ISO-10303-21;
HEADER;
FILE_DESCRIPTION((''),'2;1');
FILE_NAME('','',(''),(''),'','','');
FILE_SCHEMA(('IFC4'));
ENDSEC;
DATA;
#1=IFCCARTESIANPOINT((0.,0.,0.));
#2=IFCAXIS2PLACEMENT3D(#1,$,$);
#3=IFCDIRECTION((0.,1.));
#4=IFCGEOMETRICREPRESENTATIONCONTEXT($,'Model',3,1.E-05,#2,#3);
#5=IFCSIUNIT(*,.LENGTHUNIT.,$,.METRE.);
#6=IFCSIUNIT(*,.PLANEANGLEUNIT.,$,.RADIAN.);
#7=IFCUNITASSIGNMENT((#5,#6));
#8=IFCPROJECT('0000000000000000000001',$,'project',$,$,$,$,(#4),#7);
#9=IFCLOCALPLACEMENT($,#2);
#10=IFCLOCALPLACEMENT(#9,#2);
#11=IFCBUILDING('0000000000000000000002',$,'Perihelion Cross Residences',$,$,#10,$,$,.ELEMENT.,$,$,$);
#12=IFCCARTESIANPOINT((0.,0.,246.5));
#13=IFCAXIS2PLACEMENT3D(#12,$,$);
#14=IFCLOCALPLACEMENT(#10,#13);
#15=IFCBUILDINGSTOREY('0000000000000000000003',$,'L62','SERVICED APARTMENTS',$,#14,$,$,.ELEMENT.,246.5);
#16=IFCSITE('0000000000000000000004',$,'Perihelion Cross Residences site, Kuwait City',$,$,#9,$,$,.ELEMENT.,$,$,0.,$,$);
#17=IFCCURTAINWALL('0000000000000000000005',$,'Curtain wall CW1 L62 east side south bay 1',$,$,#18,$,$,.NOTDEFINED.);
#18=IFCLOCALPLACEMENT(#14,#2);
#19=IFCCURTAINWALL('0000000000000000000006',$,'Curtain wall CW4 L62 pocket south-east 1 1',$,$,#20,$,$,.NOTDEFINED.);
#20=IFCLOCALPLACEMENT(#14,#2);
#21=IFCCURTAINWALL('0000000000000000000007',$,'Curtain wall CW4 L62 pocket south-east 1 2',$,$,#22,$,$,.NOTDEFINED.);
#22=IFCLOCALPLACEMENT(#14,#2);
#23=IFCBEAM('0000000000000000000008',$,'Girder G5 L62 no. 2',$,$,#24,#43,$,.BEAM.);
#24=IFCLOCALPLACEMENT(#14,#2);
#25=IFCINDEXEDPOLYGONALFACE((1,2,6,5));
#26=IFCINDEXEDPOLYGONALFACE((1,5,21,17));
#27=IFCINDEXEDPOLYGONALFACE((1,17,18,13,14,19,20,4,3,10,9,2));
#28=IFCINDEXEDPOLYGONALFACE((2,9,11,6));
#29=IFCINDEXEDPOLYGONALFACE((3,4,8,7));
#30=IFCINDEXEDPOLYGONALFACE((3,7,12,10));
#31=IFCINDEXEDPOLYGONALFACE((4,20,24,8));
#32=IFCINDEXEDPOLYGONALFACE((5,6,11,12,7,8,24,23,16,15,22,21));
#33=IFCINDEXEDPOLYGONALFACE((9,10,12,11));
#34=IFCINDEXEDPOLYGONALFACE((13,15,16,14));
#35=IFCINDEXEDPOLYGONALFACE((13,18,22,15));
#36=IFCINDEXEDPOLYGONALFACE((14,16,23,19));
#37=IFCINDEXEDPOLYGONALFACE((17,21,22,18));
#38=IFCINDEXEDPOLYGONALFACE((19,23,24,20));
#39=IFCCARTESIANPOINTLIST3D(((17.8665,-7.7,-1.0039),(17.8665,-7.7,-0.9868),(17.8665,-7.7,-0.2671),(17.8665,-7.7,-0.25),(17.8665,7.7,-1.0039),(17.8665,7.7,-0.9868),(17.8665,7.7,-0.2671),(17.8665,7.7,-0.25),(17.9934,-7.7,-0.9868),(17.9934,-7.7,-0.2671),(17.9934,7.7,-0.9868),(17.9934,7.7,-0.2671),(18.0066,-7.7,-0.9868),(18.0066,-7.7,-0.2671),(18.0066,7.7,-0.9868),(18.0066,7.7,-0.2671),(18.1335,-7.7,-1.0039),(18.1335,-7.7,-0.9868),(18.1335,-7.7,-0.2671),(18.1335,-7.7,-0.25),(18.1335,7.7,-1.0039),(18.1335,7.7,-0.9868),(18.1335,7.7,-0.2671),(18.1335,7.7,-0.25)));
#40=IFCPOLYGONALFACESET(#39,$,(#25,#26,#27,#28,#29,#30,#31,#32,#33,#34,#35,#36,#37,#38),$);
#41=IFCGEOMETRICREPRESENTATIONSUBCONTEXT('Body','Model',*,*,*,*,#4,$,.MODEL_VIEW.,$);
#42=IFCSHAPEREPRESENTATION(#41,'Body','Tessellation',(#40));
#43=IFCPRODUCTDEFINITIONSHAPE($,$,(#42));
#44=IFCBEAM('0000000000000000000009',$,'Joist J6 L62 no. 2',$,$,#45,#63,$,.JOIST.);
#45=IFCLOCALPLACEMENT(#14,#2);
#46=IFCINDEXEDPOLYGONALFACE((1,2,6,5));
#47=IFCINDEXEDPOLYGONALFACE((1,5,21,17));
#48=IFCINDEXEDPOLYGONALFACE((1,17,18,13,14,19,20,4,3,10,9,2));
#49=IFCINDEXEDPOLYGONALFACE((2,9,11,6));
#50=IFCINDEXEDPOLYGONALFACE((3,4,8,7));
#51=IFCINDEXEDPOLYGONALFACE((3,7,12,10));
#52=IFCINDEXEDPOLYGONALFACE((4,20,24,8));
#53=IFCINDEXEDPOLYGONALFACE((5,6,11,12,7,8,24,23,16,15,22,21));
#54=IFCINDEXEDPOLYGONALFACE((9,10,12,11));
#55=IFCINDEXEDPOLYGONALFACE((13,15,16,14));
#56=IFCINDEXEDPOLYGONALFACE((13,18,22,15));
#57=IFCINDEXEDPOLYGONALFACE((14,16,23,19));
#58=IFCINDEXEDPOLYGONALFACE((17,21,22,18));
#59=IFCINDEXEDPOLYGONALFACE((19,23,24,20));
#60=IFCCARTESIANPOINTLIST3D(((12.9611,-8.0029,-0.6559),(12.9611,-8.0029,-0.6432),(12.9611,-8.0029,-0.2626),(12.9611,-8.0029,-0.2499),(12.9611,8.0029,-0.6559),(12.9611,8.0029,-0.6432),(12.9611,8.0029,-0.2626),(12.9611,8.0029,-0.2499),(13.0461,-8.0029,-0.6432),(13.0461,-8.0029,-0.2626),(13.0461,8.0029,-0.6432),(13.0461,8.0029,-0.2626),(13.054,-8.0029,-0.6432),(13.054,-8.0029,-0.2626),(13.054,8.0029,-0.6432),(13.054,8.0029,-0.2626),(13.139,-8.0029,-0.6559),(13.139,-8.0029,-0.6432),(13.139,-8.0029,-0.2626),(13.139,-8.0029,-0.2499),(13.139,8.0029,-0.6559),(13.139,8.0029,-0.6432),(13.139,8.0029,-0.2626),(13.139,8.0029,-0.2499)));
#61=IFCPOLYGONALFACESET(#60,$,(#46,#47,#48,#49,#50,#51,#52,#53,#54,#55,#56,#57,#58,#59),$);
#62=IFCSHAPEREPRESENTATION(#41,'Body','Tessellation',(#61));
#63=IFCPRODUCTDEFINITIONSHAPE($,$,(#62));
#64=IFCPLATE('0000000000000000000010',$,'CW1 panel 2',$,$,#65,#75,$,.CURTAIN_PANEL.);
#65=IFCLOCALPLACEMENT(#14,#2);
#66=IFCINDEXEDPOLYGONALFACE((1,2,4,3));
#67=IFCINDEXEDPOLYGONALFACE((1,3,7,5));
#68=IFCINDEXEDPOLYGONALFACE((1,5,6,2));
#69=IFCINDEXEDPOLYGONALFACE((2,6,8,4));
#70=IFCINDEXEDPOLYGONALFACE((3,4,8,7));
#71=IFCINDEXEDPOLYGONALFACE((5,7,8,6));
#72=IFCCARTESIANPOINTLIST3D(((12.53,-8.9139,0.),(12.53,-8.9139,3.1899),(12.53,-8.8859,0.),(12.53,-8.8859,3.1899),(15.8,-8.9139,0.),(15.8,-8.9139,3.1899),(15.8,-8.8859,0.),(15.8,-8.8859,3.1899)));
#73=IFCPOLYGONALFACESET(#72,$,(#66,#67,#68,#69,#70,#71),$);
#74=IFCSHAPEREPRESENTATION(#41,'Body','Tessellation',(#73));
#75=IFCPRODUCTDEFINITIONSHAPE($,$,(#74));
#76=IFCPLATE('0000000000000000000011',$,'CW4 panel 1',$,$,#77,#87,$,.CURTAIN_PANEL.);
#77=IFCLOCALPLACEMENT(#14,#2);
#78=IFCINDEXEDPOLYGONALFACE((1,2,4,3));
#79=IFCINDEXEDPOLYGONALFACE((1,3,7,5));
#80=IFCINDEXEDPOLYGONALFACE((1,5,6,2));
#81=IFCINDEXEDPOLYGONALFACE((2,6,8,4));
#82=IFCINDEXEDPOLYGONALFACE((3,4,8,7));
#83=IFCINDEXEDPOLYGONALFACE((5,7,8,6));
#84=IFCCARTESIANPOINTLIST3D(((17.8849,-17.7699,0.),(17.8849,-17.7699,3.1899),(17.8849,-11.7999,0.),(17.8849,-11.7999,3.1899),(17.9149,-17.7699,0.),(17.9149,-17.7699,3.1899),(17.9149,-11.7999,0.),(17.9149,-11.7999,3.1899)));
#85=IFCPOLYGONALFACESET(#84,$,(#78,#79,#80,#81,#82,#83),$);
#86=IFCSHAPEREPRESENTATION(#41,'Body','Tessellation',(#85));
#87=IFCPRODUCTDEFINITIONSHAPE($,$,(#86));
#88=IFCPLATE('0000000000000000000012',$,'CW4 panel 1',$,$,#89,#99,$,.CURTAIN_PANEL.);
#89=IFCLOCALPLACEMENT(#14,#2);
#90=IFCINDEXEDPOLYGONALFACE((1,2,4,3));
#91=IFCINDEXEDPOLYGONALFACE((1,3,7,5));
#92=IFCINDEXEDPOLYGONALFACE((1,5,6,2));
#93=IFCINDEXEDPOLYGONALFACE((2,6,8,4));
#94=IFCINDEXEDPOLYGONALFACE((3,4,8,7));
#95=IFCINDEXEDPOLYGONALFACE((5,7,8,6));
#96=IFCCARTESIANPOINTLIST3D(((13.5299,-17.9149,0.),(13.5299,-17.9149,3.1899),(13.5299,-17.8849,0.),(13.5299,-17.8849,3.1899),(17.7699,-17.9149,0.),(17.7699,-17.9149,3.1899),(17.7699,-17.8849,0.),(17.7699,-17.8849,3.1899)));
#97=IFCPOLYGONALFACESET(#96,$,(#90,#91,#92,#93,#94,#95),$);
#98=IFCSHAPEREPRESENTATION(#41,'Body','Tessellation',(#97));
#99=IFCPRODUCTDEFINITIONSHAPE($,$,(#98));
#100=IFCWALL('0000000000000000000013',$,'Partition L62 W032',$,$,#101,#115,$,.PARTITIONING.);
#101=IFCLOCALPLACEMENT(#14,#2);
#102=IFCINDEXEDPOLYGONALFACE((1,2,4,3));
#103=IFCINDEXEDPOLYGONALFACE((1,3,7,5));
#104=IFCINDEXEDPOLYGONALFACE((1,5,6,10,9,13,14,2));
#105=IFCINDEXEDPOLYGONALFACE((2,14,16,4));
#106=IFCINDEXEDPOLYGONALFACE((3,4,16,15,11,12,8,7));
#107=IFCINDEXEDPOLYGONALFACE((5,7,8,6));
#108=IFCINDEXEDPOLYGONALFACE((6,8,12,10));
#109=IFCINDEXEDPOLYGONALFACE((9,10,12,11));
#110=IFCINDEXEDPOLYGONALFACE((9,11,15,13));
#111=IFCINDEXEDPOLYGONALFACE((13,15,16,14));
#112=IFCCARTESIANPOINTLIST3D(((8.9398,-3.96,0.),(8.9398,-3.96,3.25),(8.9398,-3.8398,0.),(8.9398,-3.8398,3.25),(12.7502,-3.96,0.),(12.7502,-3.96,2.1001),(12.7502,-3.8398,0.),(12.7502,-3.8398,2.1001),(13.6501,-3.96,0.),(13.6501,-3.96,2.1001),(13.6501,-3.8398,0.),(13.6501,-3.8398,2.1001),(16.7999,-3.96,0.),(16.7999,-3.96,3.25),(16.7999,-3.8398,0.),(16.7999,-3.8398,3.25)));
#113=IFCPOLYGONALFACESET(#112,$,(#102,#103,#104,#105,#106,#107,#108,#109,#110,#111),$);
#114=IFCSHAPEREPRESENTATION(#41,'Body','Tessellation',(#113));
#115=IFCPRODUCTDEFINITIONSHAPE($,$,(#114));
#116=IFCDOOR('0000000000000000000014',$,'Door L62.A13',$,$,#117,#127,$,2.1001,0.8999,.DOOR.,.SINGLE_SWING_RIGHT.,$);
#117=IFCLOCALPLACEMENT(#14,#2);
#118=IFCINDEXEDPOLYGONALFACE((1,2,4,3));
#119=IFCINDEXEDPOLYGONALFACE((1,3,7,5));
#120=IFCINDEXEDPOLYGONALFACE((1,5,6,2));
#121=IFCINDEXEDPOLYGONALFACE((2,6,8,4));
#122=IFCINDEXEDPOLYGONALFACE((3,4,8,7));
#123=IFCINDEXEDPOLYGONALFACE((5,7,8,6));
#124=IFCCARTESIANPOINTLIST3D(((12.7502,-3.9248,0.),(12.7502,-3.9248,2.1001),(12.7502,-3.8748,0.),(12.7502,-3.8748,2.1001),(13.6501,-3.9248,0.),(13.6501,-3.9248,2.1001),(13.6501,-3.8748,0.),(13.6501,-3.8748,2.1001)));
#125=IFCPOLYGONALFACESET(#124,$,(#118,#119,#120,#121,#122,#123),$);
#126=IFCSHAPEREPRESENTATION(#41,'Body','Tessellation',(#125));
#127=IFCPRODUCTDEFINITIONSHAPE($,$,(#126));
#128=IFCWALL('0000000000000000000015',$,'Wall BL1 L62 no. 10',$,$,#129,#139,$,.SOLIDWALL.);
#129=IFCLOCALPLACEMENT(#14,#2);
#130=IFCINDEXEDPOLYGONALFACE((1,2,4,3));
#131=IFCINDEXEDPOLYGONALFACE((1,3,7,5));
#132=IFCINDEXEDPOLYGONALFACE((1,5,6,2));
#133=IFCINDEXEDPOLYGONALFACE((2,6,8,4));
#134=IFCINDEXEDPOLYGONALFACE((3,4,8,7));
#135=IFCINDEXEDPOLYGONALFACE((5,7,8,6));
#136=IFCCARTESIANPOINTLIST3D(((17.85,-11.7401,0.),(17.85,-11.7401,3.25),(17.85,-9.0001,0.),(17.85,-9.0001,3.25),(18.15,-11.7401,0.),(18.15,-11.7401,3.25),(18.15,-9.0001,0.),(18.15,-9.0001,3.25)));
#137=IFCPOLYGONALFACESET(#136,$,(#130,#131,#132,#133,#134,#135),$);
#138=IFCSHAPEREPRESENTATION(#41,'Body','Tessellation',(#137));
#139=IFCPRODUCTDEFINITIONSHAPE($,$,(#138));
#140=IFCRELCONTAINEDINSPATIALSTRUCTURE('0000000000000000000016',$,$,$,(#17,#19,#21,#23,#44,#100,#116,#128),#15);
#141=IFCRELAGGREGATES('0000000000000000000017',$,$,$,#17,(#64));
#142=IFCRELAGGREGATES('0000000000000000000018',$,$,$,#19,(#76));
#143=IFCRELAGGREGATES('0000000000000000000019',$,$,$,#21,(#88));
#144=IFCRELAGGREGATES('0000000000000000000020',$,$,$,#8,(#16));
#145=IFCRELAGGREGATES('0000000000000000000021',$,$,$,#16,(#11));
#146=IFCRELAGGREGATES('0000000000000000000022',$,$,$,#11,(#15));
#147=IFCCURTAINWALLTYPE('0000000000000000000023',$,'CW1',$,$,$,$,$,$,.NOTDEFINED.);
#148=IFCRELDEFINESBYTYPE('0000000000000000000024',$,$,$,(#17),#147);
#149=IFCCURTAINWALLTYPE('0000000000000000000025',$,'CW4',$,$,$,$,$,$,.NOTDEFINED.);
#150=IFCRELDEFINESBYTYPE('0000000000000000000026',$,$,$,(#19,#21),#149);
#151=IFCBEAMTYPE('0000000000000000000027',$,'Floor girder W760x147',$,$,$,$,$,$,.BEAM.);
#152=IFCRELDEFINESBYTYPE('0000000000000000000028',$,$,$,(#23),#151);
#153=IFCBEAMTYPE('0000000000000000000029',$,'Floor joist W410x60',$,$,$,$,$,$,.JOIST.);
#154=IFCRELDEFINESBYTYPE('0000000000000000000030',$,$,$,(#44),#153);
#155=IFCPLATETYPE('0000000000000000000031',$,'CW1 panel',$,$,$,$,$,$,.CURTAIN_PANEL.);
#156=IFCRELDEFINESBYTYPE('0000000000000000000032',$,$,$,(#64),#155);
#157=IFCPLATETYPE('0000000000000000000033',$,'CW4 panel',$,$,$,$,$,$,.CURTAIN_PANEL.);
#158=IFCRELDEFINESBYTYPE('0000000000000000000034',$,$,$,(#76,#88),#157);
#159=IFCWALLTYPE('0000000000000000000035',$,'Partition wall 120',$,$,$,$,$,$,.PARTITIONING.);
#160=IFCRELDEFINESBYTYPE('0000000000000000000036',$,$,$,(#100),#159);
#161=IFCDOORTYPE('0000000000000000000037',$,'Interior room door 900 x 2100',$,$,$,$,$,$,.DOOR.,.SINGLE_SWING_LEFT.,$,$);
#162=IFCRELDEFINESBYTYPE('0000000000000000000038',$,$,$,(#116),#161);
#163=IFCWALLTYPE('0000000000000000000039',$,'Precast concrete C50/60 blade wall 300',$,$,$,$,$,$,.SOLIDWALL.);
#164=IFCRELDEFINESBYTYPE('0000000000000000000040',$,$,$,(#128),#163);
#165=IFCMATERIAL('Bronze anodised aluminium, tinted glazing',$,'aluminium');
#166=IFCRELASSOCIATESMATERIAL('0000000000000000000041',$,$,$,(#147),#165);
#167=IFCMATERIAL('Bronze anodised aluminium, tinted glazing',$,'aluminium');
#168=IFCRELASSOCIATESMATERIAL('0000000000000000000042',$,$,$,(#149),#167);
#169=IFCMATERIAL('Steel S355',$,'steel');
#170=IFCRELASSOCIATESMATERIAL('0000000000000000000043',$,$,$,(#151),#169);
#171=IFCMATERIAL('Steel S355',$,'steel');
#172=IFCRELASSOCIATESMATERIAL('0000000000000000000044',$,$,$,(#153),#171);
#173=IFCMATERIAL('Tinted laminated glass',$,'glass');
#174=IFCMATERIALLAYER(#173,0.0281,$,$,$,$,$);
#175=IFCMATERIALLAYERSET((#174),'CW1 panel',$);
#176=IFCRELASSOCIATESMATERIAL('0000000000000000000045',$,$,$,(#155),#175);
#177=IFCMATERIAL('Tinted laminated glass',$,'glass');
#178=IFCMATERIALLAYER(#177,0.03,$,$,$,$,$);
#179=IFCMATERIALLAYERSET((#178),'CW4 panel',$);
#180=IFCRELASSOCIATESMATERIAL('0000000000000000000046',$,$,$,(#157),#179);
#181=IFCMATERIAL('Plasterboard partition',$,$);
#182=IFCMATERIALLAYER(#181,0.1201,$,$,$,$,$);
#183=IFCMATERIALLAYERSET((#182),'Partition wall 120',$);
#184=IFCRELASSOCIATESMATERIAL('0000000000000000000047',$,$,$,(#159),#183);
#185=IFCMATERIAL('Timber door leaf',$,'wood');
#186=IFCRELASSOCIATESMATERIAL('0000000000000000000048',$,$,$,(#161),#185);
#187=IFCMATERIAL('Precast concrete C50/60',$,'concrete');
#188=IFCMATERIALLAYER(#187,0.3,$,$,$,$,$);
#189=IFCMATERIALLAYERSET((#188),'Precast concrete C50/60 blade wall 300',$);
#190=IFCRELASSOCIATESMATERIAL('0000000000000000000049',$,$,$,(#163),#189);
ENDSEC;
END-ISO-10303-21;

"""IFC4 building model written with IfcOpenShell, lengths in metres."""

from ifc_helpers import new_model, si_unit, direction, frame, frame_2d, origin, origin_2d, place, context, subcontext, project, spatial, rectangle, i_section, extrude, material, layer, layer_set, material_profile, profile_set, type_object, element, fill, aggregate, save


model = new_model("IFC4")

# Units and contexts
model_context = context("Model", 3, precision=1e-05, world=origin(), true_north=direction((0.0, 1.0)))
body_context = subcontext(model_context, "Body", "Model", "MODEL_VIEW")
ifc_project = project(units=[si_unit("LENGTHUNIT", "METRE"), si_unit("PLANEANGLEUNIT", "RADIAN")], contexts=[model_context])

# Site, building, storey
site_placement = place(None, origin())
site = spatial("IfcSite", under=ifc_project, at=site_placement, Name="Perihelion Cross Residences site, Kuwait City", CompositionType="ELEMENT", RefElevation=0.0)
building_placement = place(site_placement, origin())
building = spatial("IfcBuilding", under=site, at=building_placement, Name="Perihelion Cross Residences", CompositionType="ELEMENT")
storey_placement = place(building_placement, frame((0.0, 0.0, 246.5)))
storey = spatial("IfcBuildingStorey", under=building, at=storey_placement, Name="L62", Description="SERVICED APARTMENTS", CompositionType="ELEMENT", Elevation=246.5)

# Curtain wall
ifc_material_1 = material(Name="Bronze anodised aluminium, tinted glazing", Category="aluminium")
curtain_wall_type_1 = type_object("IfcCurtainWallType", Name="CW1", PredefinedType="NOTDEFINED", material=ifc_material_1)
curtain_wall_1_placement = place(storey_placement, origin())
curtain_wall_1 = element("IfcCurtainWall", 1, at=curtain_wall_1_placement, inside=storey, type_object=curtain_wall_type_1, Name="Curtain wall CW1 L62 east side south bay 1", PredefinedType="NOTDEFINED")

# Curtain walls
ifc_material_2 = material(Name="Bronze anodised aluminium, tinted glazing", Category="aluminium")
curtain_wall_type_2 = type_object("IfcCurtainWallType", Name="CW4", PredefinedType="NOTDEFINED", material=ifc_material_2)
curtain_wall_2_placement = place(storey_placement, origin())
curtain_wall_2 = element("IfcCurtainWall", 2, at=curtain_wall_2_placement, inside=storey, type_object=curtain_wall_type_2, Name="Curtain wall CW4 L62 pocket south-east 1 1", PredefinedType="NOTDEFINED")
curtain_wall_3_placement = place(storey_placement, origin())
curtain_wall_3 = element("IfcCurtainWall", 3, at=curtain_wall_3_placement, inside=storey, type_object=curtain_wall_type_2, Name="Curtain wall CW4 L62 pocket south-east 1 2", PredefinedType="NOTDEFINED")

# Beams
ifc_material_3 = material(Name="Steel S355", Category="steel")
ifc_material_profile_1 = material_profile(ifc_material_3, i_section(OverallWidth=0.2671, OverallDepth=0.7539, WebThickness=0.0132, FlangeThickness=0.0171, at=origin_2d()), Name="W760x147")
ifc_profile_set_1 = profile_set([ifc_material_profile_1], Name="Steel S355")
beam_type_1 = type_object("IfcBeamType", Name="Floor girder W760x147", PredefinedType="BEAM", material=ifc_profile_set_1)
beam_1_placement = place(storey_placement, frame((18.0, -7.7, -0.627), z_axis=(0.0, 1.0, 0.0), x_axis=(-1.0, 0.0, 0.0)))
element("IfcBeam", 4, at=beam_1_placement, inside=storey, type_object=beam_type_1, Name="Girder G5 L62 no. 2", PredefinedType="BEAM", context=body_context, shape_type="SweptSolid", body=[
    extrude(i_section(OverallWidth=0.2671, OverallDepth=0.7539, WebThickness=0.0132, FlangeThickness=0.0171, at=origin_2d()), origin(), (0.0, 0.0, 1.0), 15.3999),
])
ifc_material_4 = material(Name="Steel S355", Category="steel")
ifc_material_profile_2 = material_profile(ifc_material_4, i_section(OverallWidth=0.178, OverallDepth=0.406, WebThickness=0.0078, FlangeThickness=0.0127, at=origin_2d()), Name="W410x60")
ifc_profile_set_2 = profile_set([ifc_material_profile_2], Name="Steel S355")
beam_type_2 = type_object("IfcBeamType", Name="Floor joist W410x60", PredefinedType="JOIST", material=ifc_profile_set_2)
beam_2_placement = place(storey_placement, frame((13.05, -8.0029, -0.4529), z_axis=(0.0, 1.0, 0.0), x_axis=(-1.0, 0.0, 0.0)))
element("IfcBeam", 5, at=beam_2_placement, inside=storey, type_object=beam_type_2, Name="Joist J6 L62 no. 2", PredefinedType="JOIST", context=body_context, shape_type="SweptSolid", body=[
    extrude(i_section(OverallWidth=0.178, OverallDepth=0.406, WebThickness=0.0078, FlangeThickness=0.0127, at=origin_2d()), origin(), (0.0, 0.0, 1.0), 16.0059),
])

# Plates
ifc_material_5 = material(Name="Tinted laminated glass", Category="glass")
ifc_layer_1 = layer(ifc_material_5, 0.0281)
ifc_layer_set_1 = layer_set([ifc_layer_1], Name="CW1 panel")
plate_type_1 = type_object("IfcPlateType", Name="CW1 panel", PredefinedType="CURTAIN_PANEL", material=ifc_layer_set_1)
plate_1_placement = place(storey_placement, frame((14.165, -8.8999, 0.0), z_axis=(0.0, 0.0, 1.0), x_axis=(1.0, 0.0, 0.0)))
plate_1 = element("IfcPlate", 6, at=plate_1_placement, type_object=plate_type_1, Name="CW1 panel 2", PredefinedType="CURTAIN_PANEL", context=body_context, shape_type="SweptSolid", body=[
    extrude(rectangle(XDim=3.27, YDim=0.0281, at=origin_2d()), origin(), (0.0, 0.0, 1.0), 3.1899),
])
aggregate(curtain_wall_1, [plate_1])
ifc_material_6 = material(Name="Tinted laminated glass", Category="glass")
ifc_layer_2 = layer(ifc_material_6, 0.03)
ifc_layer_set_2 = layer_set([ifc_layer_2], Name="CW4 panel")
plate_type_2 = type_object("IfcPlateType", Name="CW4 panel", PredefinedType="CURTAIN_PANEL", material=ifc_layer_set_2)
plate_2_placement = place(storey_placement, frame((17.8999, -14.7849, 0.0), z_axis=(0.0, 0.0, 1.0), x_axis=(0.0, -1.0, 0.0)))
plate_2 = element("IfcPlate", 7, at=plate_2_placement, type_object=plate_type_2, Name="CW4 panel 1", PredefinedType="CURTAIN_PANEL", context=body_context, shape_type="SweptSolid", body=[
    extrude(rectangle(XDim=5.97, YDim=0.03, at=origin_2d()), origin(), (0.0, 0.0, 1.0), 3.1899),
])
aggregate(curtain_wall_2, [plate_2])
plate_3_placement = place(storey_placement, frame((15.6499, -17.8999, 0.0), z_axis=(0.0, 0.0, 1.0), x_axis=(-1.0, 0.0, 0.0)))
plate_3 = element("IfcPlate", 8, at=plate_3_placement, type_object=plate_type_2, Name="CW4 panel 1", PredefinedType="CURTAIN_PANEL", context=body_context, shape_type="SweptSolid", body=[
    extrude(rectangle(XDim=4.24, YDim=0.03, at=origin_2d()), origin(), (0.0, 0.0, 1.0), 3.1899),
])
aggregate(curtain_wall_3, [plate_3])

# Wall, opening, door
ifc_material_7 = material(Name="Plasterboard partition")
ifc_layer_3 = layer(ifc_material_7, 0.1201)
ifc_layer_set_3 = layer_set([ifc_layer_3], Name="Partition wall 120")
wall_type_1 = type_object("IfcWallType", Name="Partition wall 120", PredefinedType="PARTITIONING", material=ifc_layer_set_3)
wall_1_placement = place(storey_placement, frame((16.8, -3.8999, 0.0), z_axis=(0.0, 0.0, 1.0), x_axis=(-1.0, 0.0, 0.0)))
wall_1 = element("IfcWall", 9, at=wall_1_placement, inside=storey, type_object=wall_type_1, Name="Partition L62 W032", PredefinedType="PARTITIONING", context=body_context, shape_type="SweptSolid", body=[
    extrude(rectangle(XDim=7.8601, YDim=0.1201, at=frame_2d((3.9302, 0.0))), origin(), (0.0, 0.0, 1.0), 3.25),
])
opening_1_placement = place(wall_1_placement, frame((3.1499, 0.0, 0.0)))
opening_1 = element("IfcOpeningElement", 10, at=opening_1_placement, cuts=wall_1, PredefinedType="OPENING", context=body_context, shape_type="SweptSolid", body=[
    extrude(rectangle(XDim=0.8999, YDim=2.1001, at=frame_2d((0.45, 1.05))), frame((0.0, 0.0701, 0.0), z_axis=(0.0, -1.0, 0.0), x_axis=(1.0, 0.0, 0.0)), (0.0, 0.0, 1.0), 0.1401),
])
ifc_material_8 = material(Name="Timber door leaf", Category="wood")
door_type_1 = type_object("IfcDoorType", Name="Interior room door 900 x 2100", OperationType="SINGLE_SWING_LEFT", PredefinedType="DOOR", material=ifc_material_8)
door_1_placement = place(opening_1_placement, origin())
door_1 = element("IfcDoor", 11, at=door_1_placement, inside=storey, type_object=door_type_1, Name="Door L62.A13", OperationType="SINGLE_SWING_RIGHT", OverallHeight=2.1001, OverallWidth=0.8999, PredefinedType="DOOR", context=body_context, shape_type="SweptSolid", body=[
    extrude(rectangle(XDim=0.8999, YDim=2.1001, at=frame_2d((0.45, 1.05))), frame((0.0, 0.0249, 0.0), z_axis=(0.0, -1.0, 0.0), x_axis=(1.0, 0.0, 0.0)), (0.0, 0.0, 1.0), 0.05),
])
fill(opening_1, door_1)

# Wall
ifc_material_9 = material(Name="Precast concrete C50/60", Category="concrete")
ifc_layer_4 = layer(ifc_material_9, 0.3)
ifc_layer_set_4 = layer_set([ifc_layer_4], Name="Precast concrete C50/60 blade wall 300")
wall_type_2 = type_object("IfcWallType", Name="Precast concrete C50/60 blade wall 300", PredefinedType="SOLIDWALL", material=ifc_layer_set_4)
wall_2_placement = place(storey_placement, frame((18.0, -9.0, 0.0), z_axis=(0.0, 0.0, 1.0), x_axis=(0.0, -1.0, 0.0)))
element("IfcWall", 12, at=wall_2_placement, inside=storey, type_object=wall_type_2, Name="Wall BL1 L62 no. 10", PredefinedType="SOLIDWALL", context=body_context, shape_type="SweptSolid", body=[
    extrude(rectangle(XDim=2.74, YDim=0.3, at=frame_2d((1.3701, 0.0))), origin(), (0.0, 0.0, 1.0), 3.25),
])

save(model, "model.ifc")
